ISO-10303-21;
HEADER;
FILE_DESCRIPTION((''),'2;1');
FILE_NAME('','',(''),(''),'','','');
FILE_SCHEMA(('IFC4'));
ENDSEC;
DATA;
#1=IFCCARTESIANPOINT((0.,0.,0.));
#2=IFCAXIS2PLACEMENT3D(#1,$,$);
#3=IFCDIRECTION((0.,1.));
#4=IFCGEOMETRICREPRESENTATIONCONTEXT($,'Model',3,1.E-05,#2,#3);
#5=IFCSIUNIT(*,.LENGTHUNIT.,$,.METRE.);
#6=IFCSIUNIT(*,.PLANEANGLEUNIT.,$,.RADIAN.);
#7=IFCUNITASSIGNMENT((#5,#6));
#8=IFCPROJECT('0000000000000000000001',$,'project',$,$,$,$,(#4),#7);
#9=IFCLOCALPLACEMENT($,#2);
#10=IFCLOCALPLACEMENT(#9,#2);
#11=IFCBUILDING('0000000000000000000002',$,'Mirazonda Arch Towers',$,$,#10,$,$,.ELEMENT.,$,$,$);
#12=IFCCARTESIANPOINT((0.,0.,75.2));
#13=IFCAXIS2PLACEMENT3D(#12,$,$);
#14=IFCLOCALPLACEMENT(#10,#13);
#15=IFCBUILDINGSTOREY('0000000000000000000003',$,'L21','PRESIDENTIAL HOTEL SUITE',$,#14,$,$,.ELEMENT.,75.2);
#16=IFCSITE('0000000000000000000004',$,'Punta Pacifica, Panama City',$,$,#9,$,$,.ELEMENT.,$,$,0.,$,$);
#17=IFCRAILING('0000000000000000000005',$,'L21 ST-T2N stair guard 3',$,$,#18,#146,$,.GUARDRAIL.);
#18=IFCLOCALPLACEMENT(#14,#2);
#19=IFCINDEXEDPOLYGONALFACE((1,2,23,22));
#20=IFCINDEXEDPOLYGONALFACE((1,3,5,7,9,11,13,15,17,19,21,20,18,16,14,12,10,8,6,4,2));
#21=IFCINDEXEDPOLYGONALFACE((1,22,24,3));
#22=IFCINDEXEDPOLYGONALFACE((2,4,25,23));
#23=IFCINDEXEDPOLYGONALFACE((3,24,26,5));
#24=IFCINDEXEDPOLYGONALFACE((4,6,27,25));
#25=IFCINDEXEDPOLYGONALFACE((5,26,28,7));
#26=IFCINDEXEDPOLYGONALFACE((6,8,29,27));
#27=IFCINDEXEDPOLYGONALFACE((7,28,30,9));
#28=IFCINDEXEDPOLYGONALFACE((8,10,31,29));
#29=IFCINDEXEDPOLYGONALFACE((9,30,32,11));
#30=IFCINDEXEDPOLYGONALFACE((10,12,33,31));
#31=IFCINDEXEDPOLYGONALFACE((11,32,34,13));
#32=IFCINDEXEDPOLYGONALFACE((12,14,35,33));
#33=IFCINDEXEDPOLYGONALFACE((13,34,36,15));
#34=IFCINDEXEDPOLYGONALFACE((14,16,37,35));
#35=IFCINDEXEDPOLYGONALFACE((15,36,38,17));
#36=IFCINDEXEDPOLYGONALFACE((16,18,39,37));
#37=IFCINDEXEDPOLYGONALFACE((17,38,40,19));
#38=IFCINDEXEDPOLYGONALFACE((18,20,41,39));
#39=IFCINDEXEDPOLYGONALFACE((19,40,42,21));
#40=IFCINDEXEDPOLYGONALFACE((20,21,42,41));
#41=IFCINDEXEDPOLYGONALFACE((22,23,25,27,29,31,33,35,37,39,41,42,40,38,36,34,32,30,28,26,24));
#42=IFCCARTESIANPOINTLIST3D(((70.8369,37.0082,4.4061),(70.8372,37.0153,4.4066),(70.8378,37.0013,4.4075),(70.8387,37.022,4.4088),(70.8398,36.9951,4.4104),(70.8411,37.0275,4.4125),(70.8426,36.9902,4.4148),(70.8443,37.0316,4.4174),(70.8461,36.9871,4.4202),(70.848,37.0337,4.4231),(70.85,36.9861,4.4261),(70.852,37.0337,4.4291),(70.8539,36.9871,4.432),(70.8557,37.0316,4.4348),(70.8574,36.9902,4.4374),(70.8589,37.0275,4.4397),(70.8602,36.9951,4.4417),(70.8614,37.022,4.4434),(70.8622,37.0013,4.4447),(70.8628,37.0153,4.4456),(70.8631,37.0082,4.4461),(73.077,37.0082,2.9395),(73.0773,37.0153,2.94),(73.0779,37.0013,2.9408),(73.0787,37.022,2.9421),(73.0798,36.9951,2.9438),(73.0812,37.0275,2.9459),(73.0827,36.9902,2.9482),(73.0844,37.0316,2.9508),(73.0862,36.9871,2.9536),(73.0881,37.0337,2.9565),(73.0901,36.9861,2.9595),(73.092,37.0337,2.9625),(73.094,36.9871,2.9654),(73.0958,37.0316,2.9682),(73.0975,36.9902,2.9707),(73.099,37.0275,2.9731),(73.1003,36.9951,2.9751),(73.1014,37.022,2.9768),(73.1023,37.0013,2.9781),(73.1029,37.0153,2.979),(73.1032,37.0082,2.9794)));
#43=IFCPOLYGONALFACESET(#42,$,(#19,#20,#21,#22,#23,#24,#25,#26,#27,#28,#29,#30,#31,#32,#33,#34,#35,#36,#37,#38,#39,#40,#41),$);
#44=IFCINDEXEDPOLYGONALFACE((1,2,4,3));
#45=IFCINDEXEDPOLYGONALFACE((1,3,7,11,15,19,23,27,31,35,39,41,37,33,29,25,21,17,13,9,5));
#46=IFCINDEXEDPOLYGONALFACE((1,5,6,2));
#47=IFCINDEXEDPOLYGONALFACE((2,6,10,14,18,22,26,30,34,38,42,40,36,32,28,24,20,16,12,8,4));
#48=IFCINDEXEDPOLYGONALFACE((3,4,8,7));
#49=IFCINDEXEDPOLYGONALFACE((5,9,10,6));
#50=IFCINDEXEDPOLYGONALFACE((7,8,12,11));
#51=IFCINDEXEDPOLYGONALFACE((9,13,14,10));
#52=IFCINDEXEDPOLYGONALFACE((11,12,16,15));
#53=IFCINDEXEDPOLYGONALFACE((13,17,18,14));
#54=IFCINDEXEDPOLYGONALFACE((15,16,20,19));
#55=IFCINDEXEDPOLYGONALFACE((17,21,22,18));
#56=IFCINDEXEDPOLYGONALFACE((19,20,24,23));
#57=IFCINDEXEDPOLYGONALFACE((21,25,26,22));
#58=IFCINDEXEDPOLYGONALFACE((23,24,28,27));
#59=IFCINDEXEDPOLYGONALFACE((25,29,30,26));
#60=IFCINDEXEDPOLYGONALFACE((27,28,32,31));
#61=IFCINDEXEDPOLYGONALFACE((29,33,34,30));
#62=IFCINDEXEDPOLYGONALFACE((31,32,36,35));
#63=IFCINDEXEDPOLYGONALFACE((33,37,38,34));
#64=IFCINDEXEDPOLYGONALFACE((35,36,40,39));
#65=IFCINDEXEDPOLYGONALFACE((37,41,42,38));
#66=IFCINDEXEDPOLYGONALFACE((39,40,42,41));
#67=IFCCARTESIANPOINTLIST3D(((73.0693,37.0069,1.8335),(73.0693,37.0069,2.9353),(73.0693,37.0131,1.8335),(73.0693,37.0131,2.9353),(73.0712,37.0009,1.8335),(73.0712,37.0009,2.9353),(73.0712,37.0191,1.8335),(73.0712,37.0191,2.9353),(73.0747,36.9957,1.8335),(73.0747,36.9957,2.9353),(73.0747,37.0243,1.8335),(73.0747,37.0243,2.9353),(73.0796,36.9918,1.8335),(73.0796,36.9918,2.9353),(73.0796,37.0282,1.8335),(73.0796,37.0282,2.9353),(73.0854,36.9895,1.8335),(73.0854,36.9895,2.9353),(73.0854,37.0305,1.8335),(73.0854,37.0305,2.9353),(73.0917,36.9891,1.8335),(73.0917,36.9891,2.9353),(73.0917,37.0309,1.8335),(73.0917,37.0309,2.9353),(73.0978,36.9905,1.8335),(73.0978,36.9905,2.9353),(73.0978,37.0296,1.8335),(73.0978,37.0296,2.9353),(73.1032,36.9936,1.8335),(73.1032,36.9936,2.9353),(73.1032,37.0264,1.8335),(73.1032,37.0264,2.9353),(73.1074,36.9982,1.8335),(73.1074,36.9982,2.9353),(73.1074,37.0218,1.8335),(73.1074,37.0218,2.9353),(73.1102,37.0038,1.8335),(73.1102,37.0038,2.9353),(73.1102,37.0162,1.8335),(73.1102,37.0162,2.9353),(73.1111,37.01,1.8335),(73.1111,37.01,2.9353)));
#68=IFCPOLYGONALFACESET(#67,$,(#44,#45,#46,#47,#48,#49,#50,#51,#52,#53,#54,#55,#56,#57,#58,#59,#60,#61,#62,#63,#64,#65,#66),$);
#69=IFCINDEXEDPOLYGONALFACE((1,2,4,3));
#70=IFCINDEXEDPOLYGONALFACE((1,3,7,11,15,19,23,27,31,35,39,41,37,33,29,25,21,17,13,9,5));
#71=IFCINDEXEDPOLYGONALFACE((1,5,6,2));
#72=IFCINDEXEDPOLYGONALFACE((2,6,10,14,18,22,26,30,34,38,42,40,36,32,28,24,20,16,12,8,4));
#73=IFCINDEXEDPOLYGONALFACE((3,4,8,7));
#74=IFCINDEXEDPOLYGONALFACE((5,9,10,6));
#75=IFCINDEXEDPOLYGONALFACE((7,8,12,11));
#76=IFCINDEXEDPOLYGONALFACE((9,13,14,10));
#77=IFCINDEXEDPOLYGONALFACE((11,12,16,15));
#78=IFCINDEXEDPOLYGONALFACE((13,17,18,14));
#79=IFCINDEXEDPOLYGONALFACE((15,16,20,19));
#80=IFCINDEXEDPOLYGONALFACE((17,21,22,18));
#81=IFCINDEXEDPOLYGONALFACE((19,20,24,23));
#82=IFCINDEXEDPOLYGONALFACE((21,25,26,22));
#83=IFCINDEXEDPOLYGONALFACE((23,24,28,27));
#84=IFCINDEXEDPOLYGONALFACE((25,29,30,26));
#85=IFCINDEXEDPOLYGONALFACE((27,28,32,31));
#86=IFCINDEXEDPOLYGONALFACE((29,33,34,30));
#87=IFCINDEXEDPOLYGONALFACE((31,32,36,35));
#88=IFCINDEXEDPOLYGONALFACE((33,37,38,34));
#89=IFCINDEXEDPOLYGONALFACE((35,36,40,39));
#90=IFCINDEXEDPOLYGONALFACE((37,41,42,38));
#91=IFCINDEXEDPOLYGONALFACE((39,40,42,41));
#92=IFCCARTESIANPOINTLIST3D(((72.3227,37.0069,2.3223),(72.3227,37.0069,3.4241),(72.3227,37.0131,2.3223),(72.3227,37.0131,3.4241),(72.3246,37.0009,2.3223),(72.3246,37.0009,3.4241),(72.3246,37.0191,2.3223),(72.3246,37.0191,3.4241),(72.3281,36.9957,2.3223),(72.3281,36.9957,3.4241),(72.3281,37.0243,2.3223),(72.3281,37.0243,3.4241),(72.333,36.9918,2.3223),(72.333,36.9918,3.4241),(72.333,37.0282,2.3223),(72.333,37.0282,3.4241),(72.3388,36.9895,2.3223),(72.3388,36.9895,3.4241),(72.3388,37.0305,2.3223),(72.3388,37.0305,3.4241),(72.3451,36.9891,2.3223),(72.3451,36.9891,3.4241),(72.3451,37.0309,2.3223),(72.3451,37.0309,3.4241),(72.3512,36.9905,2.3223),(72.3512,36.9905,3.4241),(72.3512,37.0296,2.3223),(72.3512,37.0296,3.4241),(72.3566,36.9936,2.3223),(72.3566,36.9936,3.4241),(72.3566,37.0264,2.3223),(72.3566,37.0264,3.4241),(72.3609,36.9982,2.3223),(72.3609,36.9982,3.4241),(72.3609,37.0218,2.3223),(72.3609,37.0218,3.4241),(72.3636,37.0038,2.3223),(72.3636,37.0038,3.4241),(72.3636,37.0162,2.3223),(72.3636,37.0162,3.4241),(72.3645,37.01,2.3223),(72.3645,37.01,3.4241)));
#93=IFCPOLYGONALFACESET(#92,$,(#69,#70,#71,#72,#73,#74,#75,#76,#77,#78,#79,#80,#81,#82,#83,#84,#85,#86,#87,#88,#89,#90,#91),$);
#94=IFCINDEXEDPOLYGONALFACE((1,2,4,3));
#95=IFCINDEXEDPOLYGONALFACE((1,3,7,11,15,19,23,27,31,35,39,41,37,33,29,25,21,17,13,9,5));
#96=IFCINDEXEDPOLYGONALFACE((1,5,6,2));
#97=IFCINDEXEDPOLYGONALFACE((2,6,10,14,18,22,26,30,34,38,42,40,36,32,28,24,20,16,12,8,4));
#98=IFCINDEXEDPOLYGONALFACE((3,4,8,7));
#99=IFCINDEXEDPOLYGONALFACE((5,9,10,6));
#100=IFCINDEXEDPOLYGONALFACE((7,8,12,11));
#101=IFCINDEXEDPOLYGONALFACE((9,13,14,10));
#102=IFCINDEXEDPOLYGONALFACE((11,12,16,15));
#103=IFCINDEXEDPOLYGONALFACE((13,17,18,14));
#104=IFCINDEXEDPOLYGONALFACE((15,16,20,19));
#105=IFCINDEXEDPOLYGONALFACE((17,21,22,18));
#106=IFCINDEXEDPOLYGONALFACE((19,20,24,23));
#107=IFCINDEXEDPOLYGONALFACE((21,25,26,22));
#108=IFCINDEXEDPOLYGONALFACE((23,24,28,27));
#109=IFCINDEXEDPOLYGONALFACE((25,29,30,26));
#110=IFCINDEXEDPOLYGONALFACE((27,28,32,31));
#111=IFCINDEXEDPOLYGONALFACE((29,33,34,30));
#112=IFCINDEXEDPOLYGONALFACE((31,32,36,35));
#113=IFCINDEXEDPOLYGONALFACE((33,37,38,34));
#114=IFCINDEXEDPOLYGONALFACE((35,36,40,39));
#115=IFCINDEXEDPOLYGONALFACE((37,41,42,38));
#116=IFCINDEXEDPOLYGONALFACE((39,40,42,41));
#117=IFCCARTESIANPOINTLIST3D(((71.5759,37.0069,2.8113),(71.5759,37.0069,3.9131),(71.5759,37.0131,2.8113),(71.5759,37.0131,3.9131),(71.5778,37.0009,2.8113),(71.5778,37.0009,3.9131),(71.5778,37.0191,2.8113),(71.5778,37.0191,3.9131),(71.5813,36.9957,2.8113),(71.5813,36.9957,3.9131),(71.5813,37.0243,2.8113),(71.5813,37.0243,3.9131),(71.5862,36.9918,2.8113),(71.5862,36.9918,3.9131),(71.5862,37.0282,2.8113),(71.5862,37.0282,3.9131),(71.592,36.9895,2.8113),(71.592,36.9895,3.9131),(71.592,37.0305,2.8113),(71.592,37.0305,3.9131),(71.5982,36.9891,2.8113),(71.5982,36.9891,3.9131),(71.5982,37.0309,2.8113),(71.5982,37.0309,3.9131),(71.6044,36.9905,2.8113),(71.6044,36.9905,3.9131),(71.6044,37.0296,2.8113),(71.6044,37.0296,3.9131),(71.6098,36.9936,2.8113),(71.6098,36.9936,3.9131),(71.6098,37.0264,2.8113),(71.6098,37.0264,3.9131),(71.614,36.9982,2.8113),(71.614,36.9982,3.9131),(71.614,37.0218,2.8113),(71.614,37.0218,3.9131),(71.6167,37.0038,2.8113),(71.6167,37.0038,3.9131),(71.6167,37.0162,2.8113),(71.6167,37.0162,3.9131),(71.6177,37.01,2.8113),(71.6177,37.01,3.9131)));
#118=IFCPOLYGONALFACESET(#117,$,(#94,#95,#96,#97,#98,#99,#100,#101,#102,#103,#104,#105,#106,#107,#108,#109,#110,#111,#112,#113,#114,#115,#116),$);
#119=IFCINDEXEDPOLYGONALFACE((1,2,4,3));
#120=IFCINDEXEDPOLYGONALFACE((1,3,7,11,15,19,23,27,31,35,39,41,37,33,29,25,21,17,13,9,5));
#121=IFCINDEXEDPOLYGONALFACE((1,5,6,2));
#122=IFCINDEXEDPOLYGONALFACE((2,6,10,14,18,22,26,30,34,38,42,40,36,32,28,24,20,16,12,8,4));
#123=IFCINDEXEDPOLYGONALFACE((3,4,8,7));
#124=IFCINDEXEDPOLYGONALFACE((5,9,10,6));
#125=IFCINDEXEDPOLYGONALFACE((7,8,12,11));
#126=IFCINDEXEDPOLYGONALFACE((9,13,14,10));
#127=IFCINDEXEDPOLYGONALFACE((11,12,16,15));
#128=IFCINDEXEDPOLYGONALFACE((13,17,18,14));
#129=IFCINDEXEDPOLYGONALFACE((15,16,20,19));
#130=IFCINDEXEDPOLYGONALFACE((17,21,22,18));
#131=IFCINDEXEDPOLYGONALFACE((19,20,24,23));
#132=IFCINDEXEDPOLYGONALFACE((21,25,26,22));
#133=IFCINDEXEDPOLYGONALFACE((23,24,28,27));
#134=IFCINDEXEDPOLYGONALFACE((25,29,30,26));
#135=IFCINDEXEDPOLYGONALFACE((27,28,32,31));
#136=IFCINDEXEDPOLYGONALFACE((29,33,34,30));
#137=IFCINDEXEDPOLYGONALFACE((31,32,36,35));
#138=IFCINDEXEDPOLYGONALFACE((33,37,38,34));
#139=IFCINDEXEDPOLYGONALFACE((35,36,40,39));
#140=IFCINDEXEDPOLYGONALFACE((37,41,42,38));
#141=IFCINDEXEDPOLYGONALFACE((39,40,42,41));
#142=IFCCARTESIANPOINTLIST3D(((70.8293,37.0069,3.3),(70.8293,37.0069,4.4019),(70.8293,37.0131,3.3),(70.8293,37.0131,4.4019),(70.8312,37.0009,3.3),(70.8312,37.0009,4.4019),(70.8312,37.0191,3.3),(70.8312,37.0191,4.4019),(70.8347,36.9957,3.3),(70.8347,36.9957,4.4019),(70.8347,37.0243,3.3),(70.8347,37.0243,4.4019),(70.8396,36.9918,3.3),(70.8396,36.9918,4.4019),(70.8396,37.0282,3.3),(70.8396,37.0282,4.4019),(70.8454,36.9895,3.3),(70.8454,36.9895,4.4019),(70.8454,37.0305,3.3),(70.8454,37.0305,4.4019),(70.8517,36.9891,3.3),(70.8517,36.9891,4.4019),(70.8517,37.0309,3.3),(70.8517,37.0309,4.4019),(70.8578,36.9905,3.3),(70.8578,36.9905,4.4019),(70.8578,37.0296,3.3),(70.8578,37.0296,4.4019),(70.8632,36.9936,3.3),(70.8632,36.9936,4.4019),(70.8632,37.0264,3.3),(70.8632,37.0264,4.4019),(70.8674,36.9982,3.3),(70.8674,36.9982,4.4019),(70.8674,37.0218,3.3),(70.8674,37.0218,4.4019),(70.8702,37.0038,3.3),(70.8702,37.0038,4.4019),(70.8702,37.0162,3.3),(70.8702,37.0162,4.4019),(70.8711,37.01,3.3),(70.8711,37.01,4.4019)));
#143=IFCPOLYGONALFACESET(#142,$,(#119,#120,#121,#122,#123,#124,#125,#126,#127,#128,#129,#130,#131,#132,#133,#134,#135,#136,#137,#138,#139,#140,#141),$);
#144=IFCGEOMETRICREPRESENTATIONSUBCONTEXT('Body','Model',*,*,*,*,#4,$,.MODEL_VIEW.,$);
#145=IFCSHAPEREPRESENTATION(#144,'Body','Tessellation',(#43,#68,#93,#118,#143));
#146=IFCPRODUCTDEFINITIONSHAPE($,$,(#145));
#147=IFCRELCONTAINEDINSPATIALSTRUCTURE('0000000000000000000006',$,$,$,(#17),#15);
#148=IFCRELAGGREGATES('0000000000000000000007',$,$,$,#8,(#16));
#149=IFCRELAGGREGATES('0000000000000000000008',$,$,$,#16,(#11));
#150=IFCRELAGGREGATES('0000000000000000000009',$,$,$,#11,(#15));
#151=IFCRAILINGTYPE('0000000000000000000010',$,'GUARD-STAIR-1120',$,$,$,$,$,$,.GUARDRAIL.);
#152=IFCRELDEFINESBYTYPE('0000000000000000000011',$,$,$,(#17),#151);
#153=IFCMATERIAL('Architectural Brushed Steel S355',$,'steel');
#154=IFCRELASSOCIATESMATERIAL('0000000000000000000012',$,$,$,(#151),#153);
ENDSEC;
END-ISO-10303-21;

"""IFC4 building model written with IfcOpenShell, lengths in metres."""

from ifc_helpers import new_model, si_unit, direction, frame, origin, origin_2d, place, context, subcontext, project, spatial, circle, extrude, material, type_object, element, save


model = new_model("IFC4")

# Units and contexts
model_context = context("Model", 3, precision=1e-05, world=origin(), true_north=direction((0.0, 1.0)))
body_context = subcontext(model_context, "Body", "Model", "MODEL_VIEW")
ifc_project = project(units=[si_unit("LENGTHUNIT", "METRE"), si_unit("PLANEANGLEUNIT", "RADIAN")], contexts=[model_context])

# Site, building, storey
site_placement = place(None, origin())
site = spatial("IfcSite", under=ifc_project, at=site_placement, Name="Punta Pacifica, Panama City", CompositionType="ELEMENT", RefElevation=0.0)
building_placement = place(site_placement, origin())
building = spatial("IfcBuilding", under=site, at=building_placement, Name="Mirazonda Arch Towers", CompositionType="ELEMENT")
storey_placement = place(building_placement, frame((0.0, 0.0, 75.2)))
storey = spatial("IfcBuildingStorey", under=building, at=storey_placement, Name="L21", Description="PRESIDENTIAL HOTEL SUITE", CompositionType="ELEMENT", Elevation=75.2)

# Railing
ifc_material_1 = material(Name="Architectural Brushed Steel S355", Category="steel")
railing_type_1 = type_object("IfcRailingType", Name="GUARD-STAIR-1120", PredefinedType="GUARDRAIL", material=ifc_material_1)
railing_1_placement = place(storey_placement, frame((73.0901, 37.01, 1.8335)))
element("IfcRailing", 1, at=railing_1_placement, inside=storey, type_object=railing_type_1, Name="L21 ST-T2N stair guard 3", PredefinedType="GUARDRAIL", context=body_context, shape_type="SweptSolid", body=[
    extrude(circle(Radius=0.0239, at=origin_2d()), frame((0.0, 0.0, 1.126), z_axis=(-0.836637, 0.0, 0.547758), x_axis=(0.0, -1.0, 0.0)), (0.0, 0.0, 1.0), 2.6775),
    extrude(circle(Radius=0.021, at=origin_2d()), origin(), (0.0, 0.0, 1.0), 1.1018),
    extrude(circle(Radius=0.021, at=origin_2d()), frame((-0.7466, 0.0, 0.4888)), (0.0, 0.0, 1.0), 1.1018),
    extrude(circle(Radius=0.021, at=origin_2d()), frame((-1.4934, 0.0, 0.9778)), (0.0, 0.0, 1.0), 1.1018),
    extrude(circle(Radius=0.021, at=origin_2d()), frame((-2.24, 0.0, 1.4666)), (0.0, 0.0, 1.0), 1.1018),
])

save(model, "model.ifc")
